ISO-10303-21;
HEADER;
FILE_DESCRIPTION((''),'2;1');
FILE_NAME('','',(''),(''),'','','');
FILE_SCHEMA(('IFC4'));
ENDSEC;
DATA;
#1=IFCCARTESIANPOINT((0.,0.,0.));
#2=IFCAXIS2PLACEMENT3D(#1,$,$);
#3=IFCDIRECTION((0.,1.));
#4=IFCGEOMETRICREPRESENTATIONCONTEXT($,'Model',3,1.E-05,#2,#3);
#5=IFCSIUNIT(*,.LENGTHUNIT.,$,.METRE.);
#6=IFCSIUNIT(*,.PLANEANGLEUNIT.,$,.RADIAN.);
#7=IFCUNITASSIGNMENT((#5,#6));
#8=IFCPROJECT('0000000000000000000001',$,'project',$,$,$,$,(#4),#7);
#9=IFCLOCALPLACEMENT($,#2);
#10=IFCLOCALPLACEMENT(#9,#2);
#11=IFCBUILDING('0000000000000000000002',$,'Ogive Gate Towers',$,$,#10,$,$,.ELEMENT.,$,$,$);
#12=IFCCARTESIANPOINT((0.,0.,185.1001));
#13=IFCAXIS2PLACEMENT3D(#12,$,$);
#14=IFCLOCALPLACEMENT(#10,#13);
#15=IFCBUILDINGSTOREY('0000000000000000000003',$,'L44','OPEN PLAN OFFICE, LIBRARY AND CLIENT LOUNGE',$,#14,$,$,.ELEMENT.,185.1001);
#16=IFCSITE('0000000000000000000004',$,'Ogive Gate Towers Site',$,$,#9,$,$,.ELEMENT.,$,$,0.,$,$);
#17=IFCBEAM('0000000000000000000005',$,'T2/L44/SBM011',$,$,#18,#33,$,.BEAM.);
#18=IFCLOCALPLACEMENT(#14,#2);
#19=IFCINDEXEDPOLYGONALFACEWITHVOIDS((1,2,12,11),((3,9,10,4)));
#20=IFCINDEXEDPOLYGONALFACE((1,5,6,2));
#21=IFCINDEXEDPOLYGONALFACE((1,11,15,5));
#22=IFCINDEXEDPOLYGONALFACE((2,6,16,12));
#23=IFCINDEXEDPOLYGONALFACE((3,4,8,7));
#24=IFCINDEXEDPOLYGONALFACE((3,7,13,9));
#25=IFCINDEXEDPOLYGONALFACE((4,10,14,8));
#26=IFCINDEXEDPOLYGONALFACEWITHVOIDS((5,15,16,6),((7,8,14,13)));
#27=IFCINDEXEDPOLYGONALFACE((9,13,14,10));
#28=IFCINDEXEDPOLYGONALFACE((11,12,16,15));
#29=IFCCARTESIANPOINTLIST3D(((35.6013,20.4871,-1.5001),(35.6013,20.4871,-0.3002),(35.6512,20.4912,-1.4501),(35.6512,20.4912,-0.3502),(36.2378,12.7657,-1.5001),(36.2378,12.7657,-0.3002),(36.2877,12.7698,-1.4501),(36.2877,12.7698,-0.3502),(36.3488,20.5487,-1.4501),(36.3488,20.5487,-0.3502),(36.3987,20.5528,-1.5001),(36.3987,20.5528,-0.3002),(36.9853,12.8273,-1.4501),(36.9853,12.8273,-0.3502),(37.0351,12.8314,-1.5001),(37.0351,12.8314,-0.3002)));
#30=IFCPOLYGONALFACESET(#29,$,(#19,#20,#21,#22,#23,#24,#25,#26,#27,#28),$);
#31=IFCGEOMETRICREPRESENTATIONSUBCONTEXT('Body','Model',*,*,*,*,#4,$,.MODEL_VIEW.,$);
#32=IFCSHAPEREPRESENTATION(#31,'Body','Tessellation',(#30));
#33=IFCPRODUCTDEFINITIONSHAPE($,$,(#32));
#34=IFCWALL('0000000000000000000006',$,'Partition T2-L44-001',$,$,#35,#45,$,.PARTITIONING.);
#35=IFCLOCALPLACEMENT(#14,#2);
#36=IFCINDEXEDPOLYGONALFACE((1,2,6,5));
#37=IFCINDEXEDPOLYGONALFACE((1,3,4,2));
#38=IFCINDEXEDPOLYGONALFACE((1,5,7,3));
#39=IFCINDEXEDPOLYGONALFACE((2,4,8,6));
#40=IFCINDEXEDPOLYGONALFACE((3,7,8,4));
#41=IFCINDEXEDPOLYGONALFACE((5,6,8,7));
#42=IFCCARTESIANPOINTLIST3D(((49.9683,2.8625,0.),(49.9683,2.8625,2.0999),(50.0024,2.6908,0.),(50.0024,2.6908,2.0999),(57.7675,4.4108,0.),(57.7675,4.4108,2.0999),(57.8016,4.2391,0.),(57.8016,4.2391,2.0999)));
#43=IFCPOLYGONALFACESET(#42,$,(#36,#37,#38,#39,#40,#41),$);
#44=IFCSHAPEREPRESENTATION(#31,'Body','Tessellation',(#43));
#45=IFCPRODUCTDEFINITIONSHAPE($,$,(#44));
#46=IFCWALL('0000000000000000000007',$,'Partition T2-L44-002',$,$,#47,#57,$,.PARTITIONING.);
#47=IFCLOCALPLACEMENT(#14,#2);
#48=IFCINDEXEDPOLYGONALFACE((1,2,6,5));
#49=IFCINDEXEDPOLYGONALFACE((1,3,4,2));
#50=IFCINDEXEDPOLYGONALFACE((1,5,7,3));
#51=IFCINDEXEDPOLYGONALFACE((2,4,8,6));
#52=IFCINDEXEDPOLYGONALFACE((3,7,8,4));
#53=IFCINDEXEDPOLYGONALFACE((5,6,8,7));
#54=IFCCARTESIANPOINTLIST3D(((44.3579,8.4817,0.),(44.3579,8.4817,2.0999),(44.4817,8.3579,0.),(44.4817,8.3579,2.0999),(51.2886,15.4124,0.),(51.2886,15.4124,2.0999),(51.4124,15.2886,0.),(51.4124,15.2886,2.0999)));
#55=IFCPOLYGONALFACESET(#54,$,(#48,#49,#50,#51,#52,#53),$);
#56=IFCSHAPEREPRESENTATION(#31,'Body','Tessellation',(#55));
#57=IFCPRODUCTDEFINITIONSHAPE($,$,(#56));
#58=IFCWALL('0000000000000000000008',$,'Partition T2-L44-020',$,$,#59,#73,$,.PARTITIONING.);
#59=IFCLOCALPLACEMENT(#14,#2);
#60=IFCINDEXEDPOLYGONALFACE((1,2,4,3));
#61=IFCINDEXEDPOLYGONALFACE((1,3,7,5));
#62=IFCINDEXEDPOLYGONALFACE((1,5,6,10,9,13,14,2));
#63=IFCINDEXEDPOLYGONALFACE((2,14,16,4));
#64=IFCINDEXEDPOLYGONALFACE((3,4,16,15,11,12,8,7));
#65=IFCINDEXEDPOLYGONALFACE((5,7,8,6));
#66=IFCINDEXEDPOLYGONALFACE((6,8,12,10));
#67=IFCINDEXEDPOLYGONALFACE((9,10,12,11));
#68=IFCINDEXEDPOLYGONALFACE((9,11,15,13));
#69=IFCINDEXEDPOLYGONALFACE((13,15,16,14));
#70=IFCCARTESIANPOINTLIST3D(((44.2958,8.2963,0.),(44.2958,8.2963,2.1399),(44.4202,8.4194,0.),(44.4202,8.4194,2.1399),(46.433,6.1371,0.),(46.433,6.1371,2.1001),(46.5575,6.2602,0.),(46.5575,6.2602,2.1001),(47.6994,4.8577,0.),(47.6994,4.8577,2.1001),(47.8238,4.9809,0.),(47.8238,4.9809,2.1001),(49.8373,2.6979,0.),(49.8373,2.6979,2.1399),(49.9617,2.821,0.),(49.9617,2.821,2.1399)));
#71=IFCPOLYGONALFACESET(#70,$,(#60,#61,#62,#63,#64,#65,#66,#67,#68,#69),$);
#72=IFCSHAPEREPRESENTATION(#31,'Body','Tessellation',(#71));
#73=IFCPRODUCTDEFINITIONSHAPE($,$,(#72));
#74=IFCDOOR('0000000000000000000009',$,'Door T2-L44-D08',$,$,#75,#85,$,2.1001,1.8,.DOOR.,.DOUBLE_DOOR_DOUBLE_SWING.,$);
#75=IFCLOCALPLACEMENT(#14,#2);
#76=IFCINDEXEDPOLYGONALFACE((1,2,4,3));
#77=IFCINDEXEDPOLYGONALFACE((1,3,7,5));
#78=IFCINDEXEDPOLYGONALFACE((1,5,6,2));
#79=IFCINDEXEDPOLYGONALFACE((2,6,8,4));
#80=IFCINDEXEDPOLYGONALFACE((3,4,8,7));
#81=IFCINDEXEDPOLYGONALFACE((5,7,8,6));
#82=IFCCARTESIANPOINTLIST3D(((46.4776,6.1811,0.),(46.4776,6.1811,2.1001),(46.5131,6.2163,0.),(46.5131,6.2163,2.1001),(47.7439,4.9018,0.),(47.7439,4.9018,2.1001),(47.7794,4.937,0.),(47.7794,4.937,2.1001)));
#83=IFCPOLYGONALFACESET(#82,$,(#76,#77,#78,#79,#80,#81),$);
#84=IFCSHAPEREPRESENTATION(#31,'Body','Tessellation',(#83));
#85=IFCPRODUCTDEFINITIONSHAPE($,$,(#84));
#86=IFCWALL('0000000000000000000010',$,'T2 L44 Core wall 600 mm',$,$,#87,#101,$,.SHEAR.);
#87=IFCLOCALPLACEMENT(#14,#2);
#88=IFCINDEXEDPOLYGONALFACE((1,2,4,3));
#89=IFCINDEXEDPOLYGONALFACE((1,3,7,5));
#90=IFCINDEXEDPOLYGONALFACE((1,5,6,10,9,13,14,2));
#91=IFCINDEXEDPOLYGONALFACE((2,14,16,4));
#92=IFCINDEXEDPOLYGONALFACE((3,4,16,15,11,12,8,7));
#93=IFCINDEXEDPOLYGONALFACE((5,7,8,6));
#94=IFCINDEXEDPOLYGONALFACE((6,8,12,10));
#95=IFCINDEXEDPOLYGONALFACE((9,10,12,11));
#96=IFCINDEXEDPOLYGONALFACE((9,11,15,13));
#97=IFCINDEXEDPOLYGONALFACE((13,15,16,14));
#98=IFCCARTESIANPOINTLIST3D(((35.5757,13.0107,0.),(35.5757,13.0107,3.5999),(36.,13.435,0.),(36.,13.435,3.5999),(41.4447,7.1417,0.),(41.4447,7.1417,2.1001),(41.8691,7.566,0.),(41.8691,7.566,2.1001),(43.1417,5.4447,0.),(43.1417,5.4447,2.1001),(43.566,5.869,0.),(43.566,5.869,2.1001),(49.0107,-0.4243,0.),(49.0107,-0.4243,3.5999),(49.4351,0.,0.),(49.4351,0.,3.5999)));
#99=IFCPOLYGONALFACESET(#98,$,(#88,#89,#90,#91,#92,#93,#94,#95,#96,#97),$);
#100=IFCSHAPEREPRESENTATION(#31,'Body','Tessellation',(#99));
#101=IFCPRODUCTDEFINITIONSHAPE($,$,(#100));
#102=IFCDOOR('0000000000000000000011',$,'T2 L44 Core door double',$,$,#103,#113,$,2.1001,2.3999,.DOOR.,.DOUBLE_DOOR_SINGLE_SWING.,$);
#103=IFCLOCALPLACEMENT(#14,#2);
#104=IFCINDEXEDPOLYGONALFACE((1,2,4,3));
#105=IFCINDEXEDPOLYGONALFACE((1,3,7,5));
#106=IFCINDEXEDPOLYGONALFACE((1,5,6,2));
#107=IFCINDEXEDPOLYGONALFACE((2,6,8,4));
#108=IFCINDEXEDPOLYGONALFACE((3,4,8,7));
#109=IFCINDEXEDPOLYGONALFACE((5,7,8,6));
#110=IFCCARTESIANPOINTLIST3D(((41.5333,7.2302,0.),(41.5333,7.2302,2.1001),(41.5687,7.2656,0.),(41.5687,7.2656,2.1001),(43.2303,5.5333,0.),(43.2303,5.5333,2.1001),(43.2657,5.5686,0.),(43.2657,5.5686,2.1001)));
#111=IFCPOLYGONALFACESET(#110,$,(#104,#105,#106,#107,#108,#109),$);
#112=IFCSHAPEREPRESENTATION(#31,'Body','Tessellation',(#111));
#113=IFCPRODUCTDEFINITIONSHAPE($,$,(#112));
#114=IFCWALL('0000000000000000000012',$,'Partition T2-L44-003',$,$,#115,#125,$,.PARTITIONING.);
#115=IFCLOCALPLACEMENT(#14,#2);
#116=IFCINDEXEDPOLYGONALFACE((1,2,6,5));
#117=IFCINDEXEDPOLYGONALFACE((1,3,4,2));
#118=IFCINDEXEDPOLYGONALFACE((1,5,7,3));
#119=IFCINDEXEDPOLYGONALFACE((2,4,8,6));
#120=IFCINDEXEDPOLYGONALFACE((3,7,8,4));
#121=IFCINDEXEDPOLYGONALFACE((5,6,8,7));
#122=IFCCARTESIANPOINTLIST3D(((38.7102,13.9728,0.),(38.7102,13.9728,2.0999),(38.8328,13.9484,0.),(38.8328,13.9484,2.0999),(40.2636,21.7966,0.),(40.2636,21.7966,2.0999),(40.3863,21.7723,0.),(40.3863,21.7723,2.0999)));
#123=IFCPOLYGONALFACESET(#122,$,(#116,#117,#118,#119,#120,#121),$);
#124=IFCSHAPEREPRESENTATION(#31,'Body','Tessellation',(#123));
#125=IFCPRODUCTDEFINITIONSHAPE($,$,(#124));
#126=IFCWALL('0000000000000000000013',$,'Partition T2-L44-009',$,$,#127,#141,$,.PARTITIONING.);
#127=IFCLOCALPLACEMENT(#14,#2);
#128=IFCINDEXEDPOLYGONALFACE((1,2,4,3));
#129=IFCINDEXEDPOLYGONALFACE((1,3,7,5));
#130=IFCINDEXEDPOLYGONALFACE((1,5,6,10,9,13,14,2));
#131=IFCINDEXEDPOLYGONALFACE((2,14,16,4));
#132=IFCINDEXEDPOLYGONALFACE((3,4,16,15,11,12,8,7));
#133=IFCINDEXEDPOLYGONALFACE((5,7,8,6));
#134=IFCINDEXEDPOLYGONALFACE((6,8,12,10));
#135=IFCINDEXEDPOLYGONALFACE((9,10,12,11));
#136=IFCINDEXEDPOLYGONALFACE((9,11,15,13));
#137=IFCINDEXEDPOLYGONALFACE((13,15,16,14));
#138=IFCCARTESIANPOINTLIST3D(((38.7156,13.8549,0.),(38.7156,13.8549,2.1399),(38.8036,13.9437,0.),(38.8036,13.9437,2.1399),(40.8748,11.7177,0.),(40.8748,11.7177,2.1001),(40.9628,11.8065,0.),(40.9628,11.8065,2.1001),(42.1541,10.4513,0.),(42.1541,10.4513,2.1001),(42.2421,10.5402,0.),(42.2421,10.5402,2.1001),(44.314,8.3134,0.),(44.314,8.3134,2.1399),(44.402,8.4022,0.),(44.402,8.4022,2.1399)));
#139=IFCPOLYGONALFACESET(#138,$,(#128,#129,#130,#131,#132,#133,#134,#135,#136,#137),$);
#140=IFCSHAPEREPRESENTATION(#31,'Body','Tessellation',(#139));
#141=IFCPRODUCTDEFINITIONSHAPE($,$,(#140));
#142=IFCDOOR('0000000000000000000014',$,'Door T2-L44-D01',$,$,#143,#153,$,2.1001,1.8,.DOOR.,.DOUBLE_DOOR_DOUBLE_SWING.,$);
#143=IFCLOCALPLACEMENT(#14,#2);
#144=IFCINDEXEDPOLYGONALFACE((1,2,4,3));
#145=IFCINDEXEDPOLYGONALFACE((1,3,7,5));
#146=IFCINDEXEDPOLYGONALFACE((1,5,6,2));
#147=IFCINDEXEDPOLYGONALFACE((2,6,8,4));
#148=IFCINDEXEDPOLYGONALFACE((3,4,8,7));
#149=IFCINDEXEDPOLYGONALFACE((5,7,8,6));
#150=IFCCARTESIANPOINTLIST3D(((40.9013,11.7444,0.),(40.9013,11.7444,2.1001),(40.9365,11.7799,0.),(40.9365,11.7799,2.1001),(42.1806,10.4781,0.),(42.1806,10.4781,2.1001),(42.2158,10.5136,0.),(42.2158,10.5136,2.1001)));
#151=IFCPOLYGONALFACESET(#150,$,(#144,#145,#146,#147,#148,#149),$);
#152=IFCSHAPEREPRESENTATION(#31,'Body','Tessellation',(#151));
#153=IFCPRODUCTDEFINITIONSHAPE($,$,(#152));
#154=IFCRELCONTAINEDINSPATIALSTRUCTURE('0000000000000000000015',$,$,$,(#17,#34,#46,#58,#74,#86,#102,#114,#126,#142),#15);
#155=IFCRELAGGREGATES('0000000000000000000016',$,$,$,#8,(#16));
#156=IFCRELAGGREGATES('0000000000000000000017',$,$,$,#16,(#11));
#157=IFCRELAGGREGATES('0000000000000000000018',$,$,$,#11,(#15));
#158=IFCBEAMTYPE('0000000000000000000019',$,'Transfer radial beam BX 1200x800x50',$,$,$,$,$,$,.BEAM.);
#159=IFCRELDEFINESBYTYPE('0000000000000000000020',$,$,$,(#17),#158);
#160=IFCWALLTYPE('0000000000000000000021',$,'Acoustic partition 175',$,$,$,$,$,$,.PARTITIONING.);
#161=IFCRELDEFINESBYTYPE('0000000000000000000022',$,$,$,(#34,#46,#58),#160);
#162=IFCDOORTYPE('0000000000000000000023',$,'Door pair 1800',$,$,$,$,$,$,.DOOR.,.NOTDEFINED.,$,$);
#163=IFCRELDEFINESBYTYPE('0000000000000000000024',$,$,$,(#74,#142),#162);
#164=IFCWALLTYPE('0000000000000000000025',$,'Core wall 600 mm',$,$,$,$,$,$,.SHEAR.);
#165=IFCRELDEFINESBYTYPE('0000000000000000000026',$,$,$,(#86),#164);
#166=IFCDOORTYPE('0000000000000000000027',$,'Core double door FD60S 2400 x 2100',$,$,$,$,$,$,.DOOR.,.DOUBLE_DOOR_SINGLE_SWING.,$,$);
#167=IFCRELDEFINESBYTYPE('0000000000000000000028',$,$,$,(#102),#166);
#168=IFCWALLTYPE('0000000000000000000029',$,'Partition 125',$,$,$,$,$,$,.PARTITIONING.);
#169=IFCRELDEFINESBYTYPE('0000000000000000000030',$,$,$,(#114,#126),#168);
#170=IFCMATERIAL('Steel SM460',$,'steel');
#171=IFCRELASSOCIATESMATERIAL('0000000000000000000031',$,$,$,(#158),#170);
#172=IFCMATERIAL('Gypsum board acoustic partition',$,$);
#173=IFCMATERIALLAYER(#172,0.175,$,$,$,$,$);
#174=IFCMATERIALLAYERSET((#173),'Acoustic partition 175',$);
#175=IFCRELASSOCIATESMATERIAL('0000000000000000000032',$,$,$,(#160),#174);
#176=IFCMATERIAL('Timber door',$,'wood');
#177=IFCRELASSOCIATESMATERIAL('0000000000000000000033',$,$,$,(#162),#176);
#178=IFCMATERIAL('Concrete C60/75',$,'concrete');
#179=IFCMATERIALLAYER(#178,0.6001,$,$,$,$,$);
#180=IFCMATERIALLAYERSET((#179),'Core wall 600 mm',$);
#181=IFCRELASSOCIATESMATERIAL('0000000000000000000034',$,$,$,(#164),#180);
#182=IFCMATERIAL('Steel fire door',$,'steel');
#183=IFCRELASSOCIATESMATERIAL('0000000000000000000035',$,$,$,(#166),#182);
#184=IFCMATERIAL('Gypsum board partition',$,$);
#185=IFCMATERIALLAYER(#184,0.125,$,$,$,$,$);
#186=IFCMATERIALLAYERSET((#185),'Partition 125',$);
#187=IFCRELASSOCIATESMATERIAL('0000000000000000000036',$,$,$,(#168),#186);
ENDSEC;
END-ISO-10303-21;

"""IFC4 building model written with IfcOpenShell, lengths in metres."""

from ifc_helpers import new_model, si_unit, direction, frame, frame_2d, origin, origin_2d, place, context, subcontext, project, spatial, rectangle, hollow_rectangle, extrude, material, layer, layer_set, material_profile, profile_set, type_object, element, fill, save


model = new_model("IFC4")

# Units and contexts
model_context = context("Model", 3, precision=1e-05, world=origin(), true_north=direction((0.0, 1.0)))
body_context = subcontext(model_context, "Body", "Model", "MODEL_VIEW")
ifc_project = project(units=[si_unit("LENGTHUNIT", "METRE"), si_unit("PLANEANGLEUNIT", "RADIAN")], contexts=[model_context])

# Site, building, storey
site_placement = place(None, origin())
site = spatial("IfcSite", under=ifc_project, at=site_placement, Name="Ogive Gate Towers Site", CompositionType="ELEMENT", RefElevation=0.0)
building_placement = place(site_placement, origin())
building = spatial("IfcBuilding", under=site, at=building_placement, Name="Ogive Gate Towers", CompositionType="ELEMENT")
storey_placement = place(building_placement, frame((0.0, 0.0, 185.1001)))
storey = spatial("IfcBuildingStorey", under=building, at=storey_placement, Name="L44", Description="OPEN PLAN OFFICE, LIBRARY AND CLIENT LOUNGE", CompositionType="ELEMENT", Elevation=185.1001)

# Shared definitions
ifc_material_1 = material(Name="Steel SM460", Category="steel")

# Beam
ifc_material_profile_1 = material_profile(ifc_material_1, hollow_rectangle(XDim=0.8, YDim=1.2, WallThickness=0.05, at=origin_2d()), Name="BX 1200x800x50")
ifc_profile_set_1 = profile_set([ifc_material_profile_1], Name="Steel SM460")
beam_type_1 = type_object("IfcBeamType", Name="Transfer radial beam BX 1200x800x50", PredefinedType="BEAM", material=ifc_profile_set_1)
beam_1_placement = place(storey_placement, frame((36.6365, 12.7986, -0.9001), z_axis=(-0.082151, 0.99662, 0.0), x_axis=(-0.99662, -0.082151, 0.0)))
element("IfcBeam", 1, at=beam_1_placement, inside=storey, type_object=beam_type_1, Name="T2/L44/SBM011", PredefinedType="BEAM", context=body_context, shape_type="SweptSolid", body=[
    extrude(hollow_rectangle(XDim=0.8, YDim=1.2, WallThickness=0.05, at=origin_2d()), origin(), (0.0, 0.0, 1.0), 7.7476),
])

# Walls
ifc_material_2 = material(Name="Gypsum board acoustic partition")
ifc_layer_1 = layer(ifc_material_2, 0.175)
ifc_layer_set_1 = layer_set([ifc_layer_1], Name="Acoustic partition 175")
wall_type_1 = type_object("IfcWallType", Name="Acoustic partition 175", PredefinedType="PARTITIONING", material=ifc_layer_set_1)
wall_1_placement = place(storey_placement, frame((57.7844, 4.325, 0.0), z_axis=(0.0, 0.0, 1.0), x_axis=(-0.980858, -0.194722, 0.0)))
element("IfcWall", 2, at=wall_1_placement, inside=storey, type_object=wall_type_1, Name="Partition T2-L44-001", PredefinedType="PARTITIONING", context=body_context, shape_type="SweptSolid", body=[
    extrude(rectangle(XDim=7.9514, YDim=0.175, at=frame_2d((3.9756, 0.0))), origin(), (0.0, 0.0, 1.0), 2.0999),
])
wall_2_placement = place(storey_placement, frame((51.3506, 15.3506, 0.0), z_axis=(0.0, 0.0, 1.0), x_axis=(-0.707107, -0.707107, 0.0)))
element("IfcWall", 3, at=wall_2_placement, inside=storey, type_object=wall_type_1, Name="Partition T2-L44-002", PredefinedType="PARTITIONING", context=body_context, shape_type="SweptSolid", body=[
    extrude(rectangle(XDim=9.8015, YDim=0.175, at=frame_2d((4.9009, 0.0))), origin(), (0.0, 0.0, 1.0), 2.0999),
])

# Walls, openings, doors
wall_3_placement = place(storey_placement, frame((49.8994, 2.7595, 0.0), z_axis=(0.0, 0.0, 1.0), x_axis=(-0.703487, 0.710708, 0.0)))
wall_3 = element("IfcWall", 4, at=wall_3_placement, inside=storey, type_object=wall_type_1, Name="Partition T2-L44-020", PredefinedType="PARTITIONING", context=body_context, shape_type="SweptSolid", body=[
    extrude(rectangle(XDim=7.8772, YDim=0.175, at=frame_2d((3.9385, 0.0))), origin(), (0.0, 0.0, 1.0), 2.1399),
])
opening_1_placement = place(wall_3_placement, frame((3.0391, 0.0, 0.0)))
opening_1 = element("IfcOpeningElement", 5, at=opening_1_placement, cuts=wall_3, PredefinedType="OPENING", context=body_context, shape_type="SweptSolid", body=[
    extrude(rectangle(XDim=1.8, YDim=2.1001, at=frame_2d((0.8999, 1.05))), frame((0.0, 0.0977, 0.0), z_axis=(0.0, -1.0, 0.0), x_axis=(1.0, 0.0, 0.0)), (0.0, 0.0, 1.0), 0.1951),
])
ifc_material_3 = material(Name="Timber door", Category="wood")
door_type_1 = type_object("IfcDoorType", Name="Door pair 1800", OperationType="NOTDEFINED", PredefinedType="DOOR", material=ifc_material_3)
door_1_placement = place(opening_1_placement, origin())
door_1 = element("IfcDoor", 6, at=door_1_placement, inside=storey, type_object=door_type_1, Name="Door T2-L44-D08", OperationType="DOUBLE_DOOR_DOUBLE_SWING", OverallHeight=2.1001, OverallWidth=1.8, PredefinedType="DOOR", context=body_context, shape_type="SweptSolid", body=[
    extrude(rectangle(XDim=1.8, YDim=2.1001, at=frame_2d((0.8999, 1.05))), frame((0.0, 0.0249, 0.0), z_axis=(0.0, -1.0, 0.0), x_axis=(1.0, 0.0, 0.0)), (0.0, 0.0, 1.0), 0.05),
])
fill(opening_1, door_1)
ifc_material_4 = material(Name="Concrete C60/75", Category="concrete")
ifc_layer_2 = layer(ifc_material_4, 0.6001)
ifc_layer_set_2 = layer_set([ifc_layer_2], Name="Core wall 600 mm")
wall_type_2 = type_object("IfcWallType", Name="Core wall 600 mm", PredefinedType="SHEAR", material=ifc_layer_set_2)
wall_4_placement = place(storey_placement, frame((49.2229, -0.2122, 0.0), z_axis=(0.0, 0.0, 1.0), x_axis=(-0.707107, 0.707107, 0.0)))
wall_4 = element("IfcWall", 7, at=wall_4_placement, inside=storey, type_object=wall_type_2, Name="T2 L44 Core wall 600 mm", PredefinedType="SHEAR", context=body_context, shape_type="SweptSolid", body=[
    extrude(rectangle(XDim=19.0, YDim=0.6001, at=frame_2d((9.5, 0.0))), origin(), (0.0, 0.0, 1.0), 3.5999),
])
opening_2_placement = place(wall_4_placement, frame((8.3, 0.0, 0.0)))
opening_2 = element("IfcOpeningElement", 8, at=opening_2_placement, cuts=wall_4, PredefinedType="OPENING", context=body_context, shape_type="SweptSolid", body=[
    extrude(rectangle(XDim=2.3999, YDim=2.1001, at=frame_2d((1.2, 1.05))), frame((0.0, 0.3101, 0.0), z_axis=(0.0, -1.0, 0.0), x_axis=(1.0, 0.0, 0.0)), (0.0, 0.0, 1.0), 0.6201),
])
ifc_material_5 = material(Name="Steel fire door", Category="steel")
door_type_2 = type_object("IfcDoorType", Name="Core double door FD60S 2400 x 2100", OperationType="DOUBLE_DOOR_SINGLE_SWING", PredefinedType="DOOR", material=ifc_material_5)
door_2_placement = place(opening_2_placement, origin())
door_2 = element("IfcDoor", 9, at=door_2_placement, inside=storey, type_object=door_type_2, Name="T2 L44 Core door double", OperationType="DOUBLE_DOOR_SINGLE_SWING", OverallHeight=2.1001, OverallWidth=2.3999, PredefinedType="DOOR", context=body_context, shape_type="SweptSolid", body=[
    extrude(rectangle(XDim=2.3999, YDim=2.1001, at=frame_2d((1.2, 1.05))), frame((0.0, 0.1748, 0.0), z_axis=(0.0, -1.0, 0.0), x_axis=(1.0, 0.0, 0.0)), (0.0, 0.0, 1.0), 0.05),
])
fill(opening_2, door_2)

# Wall
ifc_material_6 = material(Name="Gypsum board partition")
ifc_layer_3 = layer(ifc_material_6, 0.125)
ifc_layer_set_3 = layer_set([ifc_layer_3], Name="Partition 125")
wall_type_3 = type_object("IfcWallType", Name="Partition 125", PredefinedType="PARTITIONING", material=ifc_layer_set_3)
wall_5_placement = place(storey_placement, frame((40.325, 21.7844, 0.0), z_axis=(0.0, 0.0, 1.0), x_axis=(-0.194756, -0.980852, 0.0)))
element("IfcWall", 10, at=wall_5_placement, inside=storey, type_object=wall_type_3, Name="Partition T2-L44-003", PredefinedType="PARTITIONING", context=body_context, shape_type="SweptSolid", body=[
    extrude(rectangle(XDim=7.9766, YDim=0.125, at=frame_2d((3.9883, 0.0))), origin(), (0.0, 0.0, 1.0), 2.0999),
])

# Wall, opening, door
wall_6_placement = place(storey_placement, frame((44.3579, 8.3579, 0.0), z_axis=(0.0, 0.0, 1.0), x_axis=(-0.710708, 0.703487, 0.0)))
wall_6 = element("IfcWall", 11, at=wall_6_placement, inside=storey, type_object=wall_type_3, Name="Partition T2-L44-009", PredefinedType="PARTITIONING", context=body_context, shape_type="SweptSolid", body=[
    extrude(rectangle(XDim=7.8772, YDim=0.125, at=frame_2d((3.9385, 0.0))), origin(), (0.0, 0.0, 1.0), 2.1399),
])
opening_3_placement = place(wall_6_placement, frame((3.0391, 0.0, 0.0)))
opening_3 = element("IfcOpeningElement", 12, at=opening_3_placement, cuts=wall_6, PredefinedType="OPENING", context=body_context, shape_type="SweptSolid", body=[
    extrude(rectangle(XDim=1.8, YDim=2.1001, at=frame_2d((0.8999, 1.05))), frame((0.0, 0.0725, 0.0), z_axis=(0.0, -1.0, 0.0), x_axis=(1.0, 0.0, 0.0)), (0.0, 0.0, 1.0), 0.145),
])
door_3_placement = place(opening_3_placement, origin())
door_3 = element("IfcDoor", 13, at=door_3_placement, inside=storey, type_object=door_type_1, Name="Door T2-L44-D01", OperationType="DOUBLE_DOOR_DOUBLE_SWING", OverallHeight=2.1001, OverallWidth=1.8, PredefinedType="DOOR", context=body_context, shape_type="SweptSolid", body=[
    extrude(rectangle(XDim=1.8, YDim=2.1001, at=frame_2d((0.8999, 1.05))), frame((0.0, 0.0249, 0.0), z_axis=(0.0, -1.0, 0.0), x_axis=(1.0, 0.0, 0.0)), (0.0, 0.0, 1.0), 0.05),
])
fill(opening_3, door_3)

save(model, "model.ifc")
